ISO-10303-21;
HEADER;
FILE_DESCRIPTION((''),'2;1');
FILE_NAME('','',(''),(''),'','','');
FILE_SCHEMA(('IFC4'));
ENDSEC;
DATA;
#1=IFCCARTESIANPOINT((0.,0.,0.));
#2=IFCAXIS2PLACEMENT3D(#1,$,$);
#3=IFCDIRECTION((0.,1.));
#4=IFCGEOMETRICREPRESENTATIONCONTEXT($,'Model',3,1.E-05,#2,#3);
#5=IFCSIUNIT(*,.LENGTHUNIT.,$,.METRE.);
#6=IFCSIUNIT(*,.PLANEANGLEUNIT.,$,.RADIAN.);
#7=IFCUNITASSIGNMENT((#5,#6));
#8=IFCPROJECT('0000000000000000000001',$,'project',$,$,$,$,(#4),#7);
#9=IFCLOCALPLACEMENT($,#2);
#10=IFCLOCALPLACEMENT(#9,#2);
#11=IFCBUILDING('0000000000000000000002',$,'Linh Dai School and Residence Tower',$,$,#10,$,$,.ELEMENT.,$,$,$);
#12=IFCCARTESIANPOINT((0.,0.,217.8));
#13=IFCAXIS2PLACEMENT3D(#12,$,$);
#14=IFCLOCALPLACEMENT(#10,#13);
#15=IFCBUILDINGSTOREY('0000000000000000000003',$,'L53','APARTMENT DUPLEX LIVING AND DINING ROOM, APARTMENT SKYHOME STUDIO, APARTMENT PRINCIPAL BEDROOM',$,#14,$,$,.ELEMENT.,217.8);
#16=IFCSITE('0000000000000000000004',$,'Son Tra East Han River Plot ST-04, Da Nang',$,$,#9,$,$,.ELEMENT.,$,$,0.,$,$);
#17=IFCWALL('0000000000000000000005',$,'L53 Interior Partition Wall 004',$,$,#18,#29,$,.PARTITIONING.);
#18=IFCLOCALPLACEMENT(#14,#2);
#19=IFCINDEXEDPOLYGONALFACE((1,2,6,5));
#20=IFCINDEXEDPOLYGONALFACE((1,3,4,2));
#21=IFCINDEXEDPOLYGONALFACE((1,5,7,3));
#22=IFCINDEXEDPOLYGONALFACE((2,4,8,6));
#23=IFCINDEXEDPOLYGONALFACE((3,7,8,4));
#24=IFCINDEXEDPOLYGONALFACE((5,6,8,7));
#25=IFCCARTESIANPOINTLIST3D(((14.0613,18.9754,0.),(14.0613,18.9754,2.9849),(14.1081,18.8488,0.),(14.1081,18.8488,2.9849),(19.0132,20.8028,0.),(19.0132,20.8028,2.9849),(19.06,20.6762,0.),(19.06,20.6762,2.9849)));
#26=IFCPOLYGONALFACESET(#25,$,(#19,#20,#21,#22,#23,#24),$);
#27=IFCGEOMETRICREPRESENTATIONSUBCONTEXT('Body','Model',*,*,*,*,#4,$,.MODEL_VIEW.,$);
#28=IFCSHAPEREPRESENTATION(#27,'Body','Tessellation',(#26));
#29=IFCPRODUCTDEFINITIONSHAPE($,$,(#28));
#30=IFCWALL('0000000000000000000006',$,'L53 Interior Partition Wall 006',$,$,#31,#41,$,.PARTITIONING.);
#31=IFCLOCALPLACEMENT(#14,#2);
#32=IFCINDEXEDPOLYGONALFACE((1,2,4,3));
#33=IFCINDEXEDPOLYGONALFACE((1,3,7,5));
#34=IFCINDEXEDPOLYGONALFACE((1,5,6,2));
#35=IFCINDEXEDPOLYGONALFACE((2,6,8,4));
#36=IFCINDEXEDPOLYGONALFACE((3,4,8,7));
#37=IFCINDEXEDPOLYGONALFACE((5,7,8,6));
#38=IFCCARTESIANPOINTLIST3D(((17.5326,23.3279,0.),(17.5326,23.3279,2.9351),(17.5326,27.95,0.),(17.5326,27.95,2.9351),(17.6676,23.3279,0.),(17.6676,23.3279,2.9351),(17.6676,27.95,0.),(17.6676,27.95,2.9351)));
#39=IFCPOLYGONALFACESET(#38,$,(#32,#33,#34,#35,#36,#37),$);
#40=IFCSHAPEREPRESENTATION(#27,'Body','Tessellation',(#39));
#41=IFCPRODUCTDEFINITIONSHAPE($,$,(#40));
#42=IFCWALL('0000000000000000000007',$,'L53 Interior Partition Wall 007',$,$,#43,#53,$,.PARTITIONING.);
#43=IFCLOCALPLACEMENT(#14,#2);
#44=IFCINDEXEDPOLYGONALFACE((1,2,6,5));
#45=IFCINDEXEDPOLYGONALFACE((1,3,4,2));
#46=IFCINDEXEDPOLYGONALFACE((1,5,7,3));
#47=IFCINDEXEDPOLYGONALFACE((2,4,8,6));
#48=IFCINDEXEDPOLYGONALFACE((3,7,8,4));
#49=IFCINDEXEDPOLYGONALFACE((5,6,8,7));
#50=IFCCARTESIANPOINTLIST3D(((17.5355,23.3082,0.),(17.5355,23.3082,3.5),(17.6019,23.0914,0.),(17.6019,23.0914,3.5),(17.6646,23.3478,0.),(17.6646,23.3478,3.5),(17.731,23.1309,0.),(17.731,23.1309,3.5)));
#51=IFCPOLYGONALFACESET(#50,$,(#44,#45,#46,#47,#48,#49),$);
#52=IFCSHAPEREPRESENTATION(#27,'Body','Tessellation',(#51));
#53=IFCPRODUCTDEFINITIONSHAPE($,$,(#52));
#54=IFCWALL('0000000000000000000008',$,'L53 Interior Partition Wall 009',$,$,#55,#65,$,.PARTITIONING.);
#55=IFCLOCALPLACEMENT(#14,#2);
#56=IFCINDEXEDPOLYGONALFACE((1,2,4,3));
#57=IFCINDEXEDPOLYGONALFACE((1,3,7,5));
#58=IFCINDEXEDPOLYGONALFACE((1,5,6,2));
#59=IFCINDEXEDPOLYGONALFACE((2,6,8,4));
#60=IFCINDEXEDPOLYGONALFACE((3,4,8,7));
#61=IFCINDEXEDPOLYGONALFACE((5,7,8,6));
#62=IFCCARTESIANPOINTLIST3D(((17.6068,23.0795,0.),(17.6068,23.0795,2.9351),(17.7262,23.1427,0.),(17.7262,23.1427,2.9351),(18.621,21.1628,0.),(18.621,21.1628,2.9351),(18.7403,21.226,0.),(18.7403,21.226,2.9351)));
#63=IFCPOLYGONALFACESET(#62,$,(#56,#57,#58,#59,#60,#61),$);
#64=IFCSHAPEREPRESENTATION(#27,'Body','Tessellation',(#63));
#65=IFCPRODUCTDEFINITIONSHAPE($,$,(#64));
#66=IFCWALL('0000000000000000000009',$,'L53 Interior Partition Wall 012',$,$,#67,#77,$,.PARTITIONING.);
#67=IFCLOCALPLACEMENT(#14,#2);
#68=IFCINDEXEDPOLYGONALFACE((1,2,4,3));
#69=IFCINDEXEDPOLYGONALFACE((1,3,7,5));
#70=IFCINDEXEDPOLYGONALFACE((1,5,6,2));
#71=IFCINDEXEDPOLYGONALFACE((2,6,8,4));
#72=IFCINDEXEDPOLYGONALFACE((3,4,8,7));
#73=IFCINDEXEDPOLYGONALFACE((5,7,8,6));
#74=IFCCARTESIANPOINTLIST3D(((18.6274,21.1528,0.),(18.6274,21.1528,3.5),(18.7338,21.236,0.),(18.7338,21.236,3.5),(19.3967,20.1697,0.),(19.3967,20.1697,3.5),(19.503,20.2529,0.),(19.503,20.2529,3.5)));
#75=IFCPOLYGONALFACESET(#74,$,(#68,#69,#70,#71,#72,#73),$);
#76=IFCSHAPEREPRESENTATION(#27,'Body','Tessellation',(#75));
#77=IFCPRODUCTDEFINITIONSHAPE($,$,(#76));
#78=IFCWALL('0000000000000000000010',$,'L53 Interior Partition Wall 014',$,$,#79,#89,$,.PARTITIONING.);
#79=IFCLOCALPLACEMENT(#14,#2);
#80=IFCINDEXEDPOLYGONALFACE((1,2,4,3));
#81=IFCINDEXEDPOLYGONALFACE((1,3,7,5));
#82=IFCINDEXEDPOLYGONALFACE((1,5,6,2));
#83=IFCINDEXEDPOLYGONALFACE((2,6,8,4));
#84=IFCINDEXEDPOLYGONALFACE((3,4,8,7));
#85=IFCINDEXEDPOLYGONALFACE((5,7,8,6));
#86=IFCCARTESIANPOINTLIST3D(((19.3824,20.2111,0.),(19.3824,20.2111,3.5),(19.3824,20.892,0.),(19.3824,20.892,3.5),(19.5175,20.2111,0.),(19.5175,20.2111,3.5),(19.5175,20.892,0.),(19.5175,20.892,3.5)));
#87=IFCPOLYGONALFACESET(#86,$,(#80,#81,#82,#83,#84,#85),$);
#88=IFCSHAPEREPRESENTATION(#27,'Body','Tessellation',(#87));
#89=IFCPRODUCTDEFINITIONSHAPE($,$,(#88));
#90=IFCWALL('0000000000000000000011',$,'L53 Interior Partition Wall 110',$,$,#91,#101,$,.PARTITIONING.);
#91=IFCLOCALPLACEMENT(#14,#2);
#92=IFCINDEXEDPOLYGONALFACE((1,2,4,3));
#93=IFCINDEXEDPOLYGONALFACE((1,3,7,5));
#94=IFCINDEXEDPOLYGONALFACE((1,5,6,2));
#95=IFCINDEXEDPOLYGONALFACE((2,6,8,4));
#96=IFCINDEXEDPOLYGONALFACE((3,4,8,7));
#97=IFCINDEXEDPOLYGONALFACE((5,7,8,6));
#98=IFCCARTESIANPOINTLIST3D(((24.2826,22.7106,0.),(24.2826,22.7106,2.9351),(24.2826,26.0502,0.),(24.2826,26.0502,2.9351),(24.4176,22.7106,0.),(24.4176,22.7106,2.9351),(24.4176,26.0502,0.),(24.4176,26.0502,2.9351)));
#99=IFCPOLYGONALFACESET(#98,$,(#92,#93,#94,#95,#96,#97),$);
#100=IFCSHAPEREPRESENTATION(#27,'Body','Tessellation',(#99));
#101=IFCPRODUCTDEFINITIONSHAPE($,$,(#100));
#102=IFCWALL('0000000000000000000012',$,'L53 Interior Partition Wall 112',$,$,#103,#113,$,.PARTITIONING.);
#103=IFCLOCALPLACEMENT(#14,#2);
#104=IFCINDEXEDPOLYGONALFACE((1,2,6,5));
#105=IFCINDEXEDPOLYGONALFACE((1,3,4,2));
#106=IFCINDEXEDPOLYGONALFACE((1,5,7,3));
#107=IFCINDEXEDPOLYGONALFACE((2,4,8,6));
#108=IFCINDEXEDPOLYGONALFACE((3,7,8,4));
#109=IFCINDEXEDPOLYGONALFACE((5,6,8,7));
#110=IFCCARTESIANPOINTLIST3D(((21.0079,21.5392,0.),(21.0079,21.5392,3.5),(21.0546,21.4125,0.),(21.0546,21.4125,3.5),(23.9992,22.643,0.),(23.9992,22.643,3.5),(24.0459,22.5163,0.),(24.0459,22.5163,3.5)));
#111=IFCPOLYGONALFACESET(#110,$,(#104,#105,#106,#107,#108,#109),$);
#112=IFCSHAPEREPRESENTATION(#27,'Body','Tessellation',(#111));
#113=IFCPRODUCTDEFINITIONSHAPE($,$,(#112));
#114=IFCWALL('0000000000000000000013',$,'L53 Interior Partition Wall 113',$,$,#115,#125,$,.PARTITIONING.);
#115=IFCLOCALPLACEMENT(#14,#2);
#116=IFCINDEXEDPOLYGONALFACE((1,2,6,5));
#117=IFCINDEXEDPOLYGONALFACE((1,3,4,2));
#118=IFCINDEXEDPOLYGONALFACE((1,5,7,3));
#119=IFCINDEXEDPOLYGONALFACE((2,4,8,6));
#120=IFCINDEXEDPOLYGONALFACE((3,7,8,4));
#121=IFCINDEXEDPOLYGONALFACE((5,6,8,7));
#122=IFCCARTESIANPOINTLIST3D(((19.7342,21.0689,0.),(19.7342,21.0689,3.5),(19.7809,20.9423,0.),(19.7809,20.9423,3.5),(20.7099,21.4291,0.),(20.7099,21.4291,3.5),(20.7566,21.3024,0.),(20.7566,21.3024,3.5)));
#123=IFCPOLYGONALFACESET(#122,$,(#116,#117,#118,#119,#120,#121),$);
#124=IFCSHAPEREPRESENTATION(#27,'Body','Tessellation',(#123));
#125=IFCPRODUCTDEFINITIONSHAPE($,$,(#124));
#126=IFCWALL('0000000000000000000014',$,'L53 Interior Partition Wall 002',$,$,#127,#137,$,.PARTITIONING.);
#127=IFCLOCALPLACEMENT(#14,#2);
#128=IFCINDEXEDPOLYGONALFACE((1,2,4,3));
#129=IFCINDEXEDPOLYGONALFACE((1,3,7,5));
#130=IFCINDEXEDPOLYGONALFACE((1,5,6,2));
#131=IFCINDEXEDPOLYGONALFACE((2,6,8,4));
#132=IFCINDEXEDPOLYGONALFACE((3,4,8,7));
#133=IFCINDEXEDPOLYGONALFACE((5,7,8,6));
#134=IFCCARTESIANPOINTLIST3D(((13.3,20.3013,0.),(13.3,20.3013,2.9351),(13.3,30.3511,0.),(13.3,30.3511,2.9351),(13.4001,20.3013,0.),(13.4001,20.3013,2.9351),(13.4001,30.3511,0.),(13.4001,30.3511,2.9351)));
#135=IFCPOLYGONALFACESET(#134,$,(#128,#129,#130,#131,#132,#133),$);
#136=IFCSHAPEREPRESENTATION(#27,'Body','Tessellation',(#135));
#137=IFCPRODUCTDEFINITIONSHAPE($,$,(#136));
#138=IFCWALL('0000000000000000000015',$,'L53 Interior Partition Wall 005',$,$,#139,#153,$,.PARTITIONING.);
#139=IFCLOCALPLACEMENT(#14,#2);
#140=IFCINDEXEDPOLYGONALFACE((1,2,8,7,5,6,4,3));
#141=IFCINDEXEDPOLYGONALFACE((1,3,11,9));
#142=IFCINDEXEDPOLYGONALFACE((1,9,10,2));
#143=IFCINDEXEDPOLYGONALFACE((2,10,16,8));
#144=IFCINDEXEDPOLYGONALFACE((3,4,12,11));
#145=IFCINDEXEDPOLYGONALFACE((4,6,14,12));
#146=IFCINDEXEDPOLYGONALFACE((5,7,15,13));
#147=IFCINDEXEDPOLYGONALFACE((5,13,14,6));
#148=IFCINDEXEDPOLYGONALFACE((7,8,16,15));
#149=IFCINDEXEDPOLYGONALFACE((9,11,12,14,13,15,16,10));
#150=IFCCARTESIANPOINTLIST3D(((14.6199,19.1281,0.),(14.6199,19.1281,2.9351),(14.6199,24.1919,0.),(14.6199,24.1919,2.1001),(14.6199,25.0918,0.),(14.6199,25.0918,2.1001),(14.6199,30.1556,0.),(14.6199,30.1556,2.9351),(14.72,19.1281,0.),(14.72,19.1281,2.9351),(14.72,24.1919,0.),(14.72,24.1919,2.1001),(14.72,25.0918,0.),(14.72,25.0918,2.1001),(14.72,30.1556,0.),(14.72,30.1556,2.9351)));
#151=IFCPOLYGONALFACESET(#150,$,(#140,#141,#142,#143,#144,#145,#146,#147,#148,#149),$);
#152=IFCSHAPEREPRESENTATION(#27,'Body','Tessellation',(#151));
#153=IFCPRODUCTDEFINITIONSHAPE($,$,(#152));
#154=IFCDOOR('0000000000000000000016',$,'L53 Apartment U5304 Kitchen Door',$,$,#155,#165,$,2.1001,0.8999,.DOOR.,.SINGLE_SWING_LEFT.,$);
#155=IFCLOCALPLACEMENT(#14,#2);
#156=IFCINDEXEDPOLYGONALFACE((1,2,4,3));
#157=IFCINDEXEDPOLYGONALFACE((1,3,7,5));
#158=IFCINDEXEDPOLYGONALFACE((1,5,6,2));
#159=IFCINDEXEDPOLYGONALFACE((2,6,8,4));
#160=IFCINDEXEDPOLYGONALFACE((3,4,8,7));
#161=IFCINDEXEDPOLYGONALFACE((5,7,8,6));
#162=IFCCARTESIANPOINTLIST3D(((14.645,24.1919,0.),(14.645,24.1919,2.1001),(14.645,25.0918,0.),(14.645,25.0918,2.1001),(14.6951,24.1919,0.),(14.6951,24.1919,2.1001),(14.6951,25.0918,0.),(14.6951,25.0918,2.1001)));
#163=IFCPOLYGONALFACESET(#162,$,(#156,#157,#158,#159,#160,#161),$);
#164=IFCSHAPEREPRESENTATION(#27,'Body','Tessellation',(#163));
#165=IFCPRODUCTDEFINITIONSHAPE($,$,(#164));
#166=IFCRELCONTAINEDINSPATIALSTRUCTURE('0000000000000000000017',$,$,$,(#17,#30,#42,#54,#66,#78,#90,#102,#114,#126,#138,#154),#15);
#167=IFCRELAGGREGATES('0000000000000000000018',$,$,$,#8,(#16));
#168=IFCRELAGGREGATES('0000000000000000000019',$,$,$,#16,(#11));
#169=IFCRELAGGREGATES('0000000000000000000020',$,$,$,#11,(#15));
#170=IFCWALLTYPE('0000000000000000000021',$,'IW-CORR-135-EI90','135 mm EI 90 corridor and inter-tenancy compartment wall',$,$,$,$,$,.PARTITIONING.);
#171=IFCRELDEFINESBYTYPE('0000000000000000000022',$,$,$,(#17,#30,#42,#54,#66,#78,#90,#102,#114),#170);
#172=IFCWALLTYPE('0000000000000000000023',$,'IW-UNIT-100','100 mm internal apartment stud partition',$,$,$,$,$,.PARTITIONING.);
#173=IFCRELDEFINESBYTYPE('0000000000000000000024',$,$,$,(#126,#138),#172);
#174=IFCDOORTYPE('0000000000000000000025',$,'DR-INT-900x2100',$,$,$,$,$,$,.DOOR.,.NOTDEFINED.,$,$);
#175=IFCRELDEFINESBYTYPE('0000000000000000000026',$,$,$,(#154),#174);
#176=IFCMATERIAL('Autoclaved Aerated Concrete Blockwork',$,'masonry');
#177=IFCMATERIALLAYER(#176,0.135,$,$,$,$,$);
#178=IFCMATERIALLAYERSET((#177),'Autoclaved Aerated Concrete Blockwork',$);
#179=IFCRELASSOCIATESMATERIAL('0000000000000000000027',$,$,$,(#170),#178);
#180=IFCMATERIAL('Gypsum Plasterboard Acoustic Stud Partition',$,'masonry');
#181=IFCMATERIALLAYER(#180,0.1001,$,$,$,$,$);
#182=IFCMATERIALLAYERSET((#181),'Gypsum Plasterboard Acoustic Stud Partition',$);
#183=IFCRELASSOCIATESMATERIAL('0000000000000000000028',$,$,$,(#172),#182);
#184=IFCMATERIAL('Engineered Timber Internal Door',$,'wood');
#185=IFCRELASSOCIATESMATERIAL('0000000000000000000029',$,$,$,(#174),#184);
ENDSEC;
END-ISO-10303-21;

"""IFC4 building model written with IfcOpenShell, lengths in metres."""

from ifc_helpers import new_model, si_unit, direction, frame, frame_2d, origin, origin_2d, place, context, subcontext, project, spatial, rectangle, extrude, source, transform, mapped, material, layer, layer_set, type_object, element, fill, save


model = new_model("IFC4")

# Units and contexts
model_context = context("Model", 3, precision=1e-05, world=origin(), true_north=direction((0.0, 1.0)))
body_context = subcontext(model_context, "Body", "Model", "MODEL_VIEW")
ifc_project = project(units=[si_unit("LENGTHUNIT", "METRE"), si_unit("PLANEANGLEUNIT", "RADIAN")], contexts=[model_context])

# Site, building, storey
site_placement = place(None, origin())
site = spatial("IfcSite", under=ifc_project, at=site_placement, Name="Son Tra East Han River Plot ST-04, Da Nang", CompositionType="ELEMENT", RefElevation=0.0)
building_placement = place(site_placement, origin())
building = spatial("IfcBuilding", under=site, at=building_placement, Name="Linh Dai School and Residence Tower", CompositionType="ELEMENT")
storey_placement = place(building_placement, frame((0.0, 0.0, 217.8)))
storey = spatial("IfcBuildingStorey", under=building, at=storey_placement, Name="L53", Description="APARTMENT DUPLEX LIVING AND DINING ROOM, APARTMENT SKYHOME STUDIO, APARTMENT PRINCIPAL BEDROOM", CompositionType="ELEMENT", Elevation=217.8)

# Walls
ifc_material_1 = material(Name="Autoclaved Aerated Concrete Blockwork", Category="masonry")
ifc_layer_1 = layer(ifc_material_1, 0.135)
ifc_layer_set_1 = layer_set([ifc_layer_1], Name="Autoclaved Aerated Concrete Blockwork")
wall_type_1 = type_object("IfcWallType", Name="IW-CORR-135-EI90", Description="135 mm EI 90 corridor and inter-tenancy compartment wall", PredefinedType="PARTITIONING", material=ifc_layer_set_1)
wall_1_placement = place(storey_placement, frame((14.0847, 18.9121, 0.0), z_axis=(0.0, 0.0, 1.0), x_axis=(0.938158, 0.346207, 0.0)))
element("IfcWall", 1, at=wall_1_placement, inside=storey, type_object=wall_type_1, Name="L53 Interior Partition Wall 004", PredefinedType="PARTITIONING", context=body_context, shape_type="SweptSolid", body=[
    extrude(rectangle(XDim=5.2783, YDim=0.135, at=frame_2d((2.6392, 0.0))), origin(), (0.0, 0.0, 1.0), 2.9849),
])
wall_2_placement = place(storey_placement, frame((17.6001, 23.3279, 0.0), z_axis=(0.0, 0.0, 1.0), x_axis=(0.0, 1.0, 0.0)))
element("IfcWall", 2, at=wall_2_placement, inside=storey, type_object=wall_type_1, Name="L53 Interior Partition Wall 006", PredefinedType="PARTITIONING", context=body_context, shape_type="SweptSolid", body=[
    extrude(rectangle(XDim=4.6221, YDim=0.135, at=frame_2d((2.311, 0.0))), origin(), (0.0, 0.0, 1.0), 2.9351),
])
wall_3_placement = place(storey_placement, frame((17.6001, 23.3279, 0.0), z_axis=(0.0, 0.0, 1.0), x_axis=(0.292875, -0.956151, 0.0)))
element("IfcWall", 3, at=wall_3_placement, inside=storey, type_object=wall_type_1, Name="L53 Interior Partition Wall 007", PredefinedType="PARTITIONING", context=body_context, shape_type="SweptSolid", body=[
    extrude(rectangle(XDim=0.2268, YDim=0.135, at=frame_2d((0.1133, 0.0))), origin(), (0.0, 0.0, 1.0), 3.5),
])
wall_4_placement = place(storey_placement, frame((17.6665, 23.1111, 0.0), z_axis=(0.0, 0.0, 1.0), x_axis=(0.467676, -0.8839, 0.0)))
element("IfcWall", 4, at=wall_4_placement, inside=storey, type_object=wall_type_1, Name="L53 Interior Partition Wall 009", PredefinedType="PARTITIONING", context=body_context, shape_type="SweptSolid", body=[
    extrude(rectangle(XDim=2.1685, YDim=0.135, at=frame_2d((1.0842, 0.0))), origin(), (0.0, 0.0, 1.0), 2.9351),
])
wall_5_placement = place(storey_placement, frame((18.6807, 21.1943, 0.0), z_axis=(0.0, 0.0, 1.0), x_axis=(0.61624, -0.787559, 0.0)))
element("IfcWall", 5, at=wall_5_placement, inside=storey, type_object=wall_type_1, Name="L53 Interior Partition Wall 012", PredefinedType="PARTITIONING", context=body_context, shape_type="SweptSolid", body=[
    extrude(rectangle(XDim=1.2483, YDim=0.135, at=frame_2d((0.624, 0.0))), origin(), (0.0, 0.0, 1.0), 3.5),
])
wall_6_placement = place(storey_placement, frame((19.45, 20.2112, 0.0), z_axis=(0.0, 0.0, 1.0), x_axis=(0.0, 1.0, 0.0)))
element("IfcWall", 6, at=wall_6_placement, inside=storey, type_object=wall_type_1, Name="L53 Interior Partition Wall 014", PredefinedType="PARTITIONING", context=body_context, shape_type="SweptSolid", body=[
    extrude(rectangle(XDim=0.6809, YDim=0.135, at=frame_2d((0.3403, 0.0))), origin(), (0.0, 0.0, 1.0), 3.5),
])
wall_7_placement = place(storey_placement, frame((24.3501, 22.7104, 0.0), z_axis=(0.0, 0.0, 1.0), x_axis=(0.0, 1.0, 0.0)))
element("IfcWall", 7, at=wall_7_placement, inside=storey, type_object=wall_type_1, Name="L53 Interior Partition Wall 110", PredefinedType="PARTITIONING", context=body_context, shape_type="SweptSolid", body=[
    extrude(rectangle(XDim=3.3396, YDim=0.135, at=frame_2d((1.6699, 0.0))), origin(), (0.0, 0.0, 1.0), 2.9351),
])
wall_8_placement = place(storey_placement, frame((21.0312, 21.4758, 0.0), z_axis=(0.0, 0.0, 1.0), x_axis=(0.938167, 0.346184, 0.0)))
element("IfcWall", 8, at=wall_8_placement, inside=storey, type_object=wall_type_1, Name="L53 Interior Partition Wall 112", PredefinedType="PARTITIONING", context=body_context, shape_type="SweptSolid", body=[
    extrude(rectangle(XDim=3.1885, YDim=0.135, at=frame_2d((1.5942, 0.0))), origin(), (0.0, 0.0, 1.0), 3.5),
])
wall_9_placement = place(storey_placement, frame((19.7576, 21.0056, 0.0), z_axis=(0.0, 0.0, 1.0), x_axis=(0.938131, 0.346282, 0.0)))
element("IfcWall", 9, at=wall_9_placement, inside=storey, type_object=wall_type_1, Name="L53 Interior Partition Wall 113", PredefinedType="PARTITIONING", context=body_context, shape_type="SweptSolid", body=[
    extrude(rectangle(XDim=1.04, YDim=0.135, at=frame_2d((0.52, 0.0))), origin(), (0.0, 0.0, 1.0), 3.5),
])
ifc_material_2 = material(Name="Gypsum Plasterboard Acoustic Stud Partition", Category="masonry")
ifc_layer_2 = layer(ifc_material_2, 0.1001)
ifc_layer_set_2 = layer_set([ifc_layer_2], Name="Gypsum Plasterboard Acoustic Stud Partition")
wall_type_2 = type_object("IfcWallType", Name="IW-UNIT-100", Description="100 mm internal apartment stud partition", PredefinedType="PARTITIONING", material=ifc_layer_set_2)
wall_10_placement = place(storey_placement, frame((13.3501, 20.3013, 0.0), z_axis=(0.0, 0.0, 1.0), x_axis=(0.0, 1.0, 0.0)))
element("IfcWall", 10, at=wall_10_placement, inside=storey, type_object=wall_type_2, Name="L53 Interior Partition Wall 002", PredefinedType="PARTITIONING", context=body_context, shape_type="SweptSolid", body=[
    extrude(rectangle(XDim=10.0498, YDim=0.1001, at=frame_2d((5.0249, 0.0))), origin(), (0.0, 0.0, 1.0), 2.9351),
])

# Wall, opening, door
wall_11_placement = place(storey_placement, frame((14.6699, 19.1282, 0.0), z_axis=(0.0, 0.0, 1.0), x_axis=(0.0, 1.0, 0.0)))
wall_11 = element("IfcWall", 11, at=wall_11_placement, inside=storey, type_object=wall_type_2, Name="L53 Interior Partition Wall 005", PredefinedType="PARTITIONING", context=body_context, shape_type="SweptSolid", body=[
    extrude(rectangle(XDim=11.0276, YDim=0.1001, at=frame_2d((5.5137, 0.0))), origin(), (0.0, 0.0, 1.0), 2.9351),
])
opening_1_placement = place(wall_11_placement, frame((5.0637, 0.0, 0.0)))
opening_1 = element("IfcOpeningElement", 12, at=opening_1_placement, cuts=wall_11, PredefinedType="OPENING", context=body_context, shape_type="SweptSolid", body=[
    extrude(rectangle(XDim=0.8999, YDim=2.1001, at=origin_2d()), frame((0.45, 0.0601, 1.05), z_axis=(0.0, -1.0, 0.0), x_axis=(1.0, 0.0, 0.0)), (0.0, 0.0, 1.0), 0.1201),
])
ifc_material_3 = material(Name="Engineered Timber Internal Door", Category="wood")
door_type = type_object("IfcDoorType", Name="DR-INT-900x2100", OperationType="NOTDEFINED", PredefinedType="DOOR", material=ifc_material_3)
shared_shape_1 = source(origin(), body_context, "Body", "SweptSolid", [
    extrude(rectangle(XDim=0.8999, YDim=2.1001, at=origin_2d()), frame((0.45, 0.0249, 1.05), z_axis=(0.0, -1.0, 0.0), x_axis=(1.0, 0.0, 0.0)), (0.0, 0.0, 1.0), 0.05),
])
door_1_placement = place(opening_1_placement, origin())
door_1 = element("IfcDoor", 13, at=door_1_placement, inside=storey, type_object=door_type, Name="L53 Apartment U5304 Kitchen Door", OperationType="SINGLE_SWING_LEFT", OverallHeight=2.1001, OverallWidth=0.8999, PredefinedType="DOOR", context=body_context, shape_type="MappedRepresentation", body=[
    mapped(shared_shape_1, transform((0.0, 0.0, 0.0), x_axis=(1.0, 0.0, 0.0), y_axis=(0.0, 1.0, 0.0), z_axis=(0.0, 0.0, 1.0), scale=1.0)),
])
fill(opening_1, door_1)

save(model, "model.ifc")
